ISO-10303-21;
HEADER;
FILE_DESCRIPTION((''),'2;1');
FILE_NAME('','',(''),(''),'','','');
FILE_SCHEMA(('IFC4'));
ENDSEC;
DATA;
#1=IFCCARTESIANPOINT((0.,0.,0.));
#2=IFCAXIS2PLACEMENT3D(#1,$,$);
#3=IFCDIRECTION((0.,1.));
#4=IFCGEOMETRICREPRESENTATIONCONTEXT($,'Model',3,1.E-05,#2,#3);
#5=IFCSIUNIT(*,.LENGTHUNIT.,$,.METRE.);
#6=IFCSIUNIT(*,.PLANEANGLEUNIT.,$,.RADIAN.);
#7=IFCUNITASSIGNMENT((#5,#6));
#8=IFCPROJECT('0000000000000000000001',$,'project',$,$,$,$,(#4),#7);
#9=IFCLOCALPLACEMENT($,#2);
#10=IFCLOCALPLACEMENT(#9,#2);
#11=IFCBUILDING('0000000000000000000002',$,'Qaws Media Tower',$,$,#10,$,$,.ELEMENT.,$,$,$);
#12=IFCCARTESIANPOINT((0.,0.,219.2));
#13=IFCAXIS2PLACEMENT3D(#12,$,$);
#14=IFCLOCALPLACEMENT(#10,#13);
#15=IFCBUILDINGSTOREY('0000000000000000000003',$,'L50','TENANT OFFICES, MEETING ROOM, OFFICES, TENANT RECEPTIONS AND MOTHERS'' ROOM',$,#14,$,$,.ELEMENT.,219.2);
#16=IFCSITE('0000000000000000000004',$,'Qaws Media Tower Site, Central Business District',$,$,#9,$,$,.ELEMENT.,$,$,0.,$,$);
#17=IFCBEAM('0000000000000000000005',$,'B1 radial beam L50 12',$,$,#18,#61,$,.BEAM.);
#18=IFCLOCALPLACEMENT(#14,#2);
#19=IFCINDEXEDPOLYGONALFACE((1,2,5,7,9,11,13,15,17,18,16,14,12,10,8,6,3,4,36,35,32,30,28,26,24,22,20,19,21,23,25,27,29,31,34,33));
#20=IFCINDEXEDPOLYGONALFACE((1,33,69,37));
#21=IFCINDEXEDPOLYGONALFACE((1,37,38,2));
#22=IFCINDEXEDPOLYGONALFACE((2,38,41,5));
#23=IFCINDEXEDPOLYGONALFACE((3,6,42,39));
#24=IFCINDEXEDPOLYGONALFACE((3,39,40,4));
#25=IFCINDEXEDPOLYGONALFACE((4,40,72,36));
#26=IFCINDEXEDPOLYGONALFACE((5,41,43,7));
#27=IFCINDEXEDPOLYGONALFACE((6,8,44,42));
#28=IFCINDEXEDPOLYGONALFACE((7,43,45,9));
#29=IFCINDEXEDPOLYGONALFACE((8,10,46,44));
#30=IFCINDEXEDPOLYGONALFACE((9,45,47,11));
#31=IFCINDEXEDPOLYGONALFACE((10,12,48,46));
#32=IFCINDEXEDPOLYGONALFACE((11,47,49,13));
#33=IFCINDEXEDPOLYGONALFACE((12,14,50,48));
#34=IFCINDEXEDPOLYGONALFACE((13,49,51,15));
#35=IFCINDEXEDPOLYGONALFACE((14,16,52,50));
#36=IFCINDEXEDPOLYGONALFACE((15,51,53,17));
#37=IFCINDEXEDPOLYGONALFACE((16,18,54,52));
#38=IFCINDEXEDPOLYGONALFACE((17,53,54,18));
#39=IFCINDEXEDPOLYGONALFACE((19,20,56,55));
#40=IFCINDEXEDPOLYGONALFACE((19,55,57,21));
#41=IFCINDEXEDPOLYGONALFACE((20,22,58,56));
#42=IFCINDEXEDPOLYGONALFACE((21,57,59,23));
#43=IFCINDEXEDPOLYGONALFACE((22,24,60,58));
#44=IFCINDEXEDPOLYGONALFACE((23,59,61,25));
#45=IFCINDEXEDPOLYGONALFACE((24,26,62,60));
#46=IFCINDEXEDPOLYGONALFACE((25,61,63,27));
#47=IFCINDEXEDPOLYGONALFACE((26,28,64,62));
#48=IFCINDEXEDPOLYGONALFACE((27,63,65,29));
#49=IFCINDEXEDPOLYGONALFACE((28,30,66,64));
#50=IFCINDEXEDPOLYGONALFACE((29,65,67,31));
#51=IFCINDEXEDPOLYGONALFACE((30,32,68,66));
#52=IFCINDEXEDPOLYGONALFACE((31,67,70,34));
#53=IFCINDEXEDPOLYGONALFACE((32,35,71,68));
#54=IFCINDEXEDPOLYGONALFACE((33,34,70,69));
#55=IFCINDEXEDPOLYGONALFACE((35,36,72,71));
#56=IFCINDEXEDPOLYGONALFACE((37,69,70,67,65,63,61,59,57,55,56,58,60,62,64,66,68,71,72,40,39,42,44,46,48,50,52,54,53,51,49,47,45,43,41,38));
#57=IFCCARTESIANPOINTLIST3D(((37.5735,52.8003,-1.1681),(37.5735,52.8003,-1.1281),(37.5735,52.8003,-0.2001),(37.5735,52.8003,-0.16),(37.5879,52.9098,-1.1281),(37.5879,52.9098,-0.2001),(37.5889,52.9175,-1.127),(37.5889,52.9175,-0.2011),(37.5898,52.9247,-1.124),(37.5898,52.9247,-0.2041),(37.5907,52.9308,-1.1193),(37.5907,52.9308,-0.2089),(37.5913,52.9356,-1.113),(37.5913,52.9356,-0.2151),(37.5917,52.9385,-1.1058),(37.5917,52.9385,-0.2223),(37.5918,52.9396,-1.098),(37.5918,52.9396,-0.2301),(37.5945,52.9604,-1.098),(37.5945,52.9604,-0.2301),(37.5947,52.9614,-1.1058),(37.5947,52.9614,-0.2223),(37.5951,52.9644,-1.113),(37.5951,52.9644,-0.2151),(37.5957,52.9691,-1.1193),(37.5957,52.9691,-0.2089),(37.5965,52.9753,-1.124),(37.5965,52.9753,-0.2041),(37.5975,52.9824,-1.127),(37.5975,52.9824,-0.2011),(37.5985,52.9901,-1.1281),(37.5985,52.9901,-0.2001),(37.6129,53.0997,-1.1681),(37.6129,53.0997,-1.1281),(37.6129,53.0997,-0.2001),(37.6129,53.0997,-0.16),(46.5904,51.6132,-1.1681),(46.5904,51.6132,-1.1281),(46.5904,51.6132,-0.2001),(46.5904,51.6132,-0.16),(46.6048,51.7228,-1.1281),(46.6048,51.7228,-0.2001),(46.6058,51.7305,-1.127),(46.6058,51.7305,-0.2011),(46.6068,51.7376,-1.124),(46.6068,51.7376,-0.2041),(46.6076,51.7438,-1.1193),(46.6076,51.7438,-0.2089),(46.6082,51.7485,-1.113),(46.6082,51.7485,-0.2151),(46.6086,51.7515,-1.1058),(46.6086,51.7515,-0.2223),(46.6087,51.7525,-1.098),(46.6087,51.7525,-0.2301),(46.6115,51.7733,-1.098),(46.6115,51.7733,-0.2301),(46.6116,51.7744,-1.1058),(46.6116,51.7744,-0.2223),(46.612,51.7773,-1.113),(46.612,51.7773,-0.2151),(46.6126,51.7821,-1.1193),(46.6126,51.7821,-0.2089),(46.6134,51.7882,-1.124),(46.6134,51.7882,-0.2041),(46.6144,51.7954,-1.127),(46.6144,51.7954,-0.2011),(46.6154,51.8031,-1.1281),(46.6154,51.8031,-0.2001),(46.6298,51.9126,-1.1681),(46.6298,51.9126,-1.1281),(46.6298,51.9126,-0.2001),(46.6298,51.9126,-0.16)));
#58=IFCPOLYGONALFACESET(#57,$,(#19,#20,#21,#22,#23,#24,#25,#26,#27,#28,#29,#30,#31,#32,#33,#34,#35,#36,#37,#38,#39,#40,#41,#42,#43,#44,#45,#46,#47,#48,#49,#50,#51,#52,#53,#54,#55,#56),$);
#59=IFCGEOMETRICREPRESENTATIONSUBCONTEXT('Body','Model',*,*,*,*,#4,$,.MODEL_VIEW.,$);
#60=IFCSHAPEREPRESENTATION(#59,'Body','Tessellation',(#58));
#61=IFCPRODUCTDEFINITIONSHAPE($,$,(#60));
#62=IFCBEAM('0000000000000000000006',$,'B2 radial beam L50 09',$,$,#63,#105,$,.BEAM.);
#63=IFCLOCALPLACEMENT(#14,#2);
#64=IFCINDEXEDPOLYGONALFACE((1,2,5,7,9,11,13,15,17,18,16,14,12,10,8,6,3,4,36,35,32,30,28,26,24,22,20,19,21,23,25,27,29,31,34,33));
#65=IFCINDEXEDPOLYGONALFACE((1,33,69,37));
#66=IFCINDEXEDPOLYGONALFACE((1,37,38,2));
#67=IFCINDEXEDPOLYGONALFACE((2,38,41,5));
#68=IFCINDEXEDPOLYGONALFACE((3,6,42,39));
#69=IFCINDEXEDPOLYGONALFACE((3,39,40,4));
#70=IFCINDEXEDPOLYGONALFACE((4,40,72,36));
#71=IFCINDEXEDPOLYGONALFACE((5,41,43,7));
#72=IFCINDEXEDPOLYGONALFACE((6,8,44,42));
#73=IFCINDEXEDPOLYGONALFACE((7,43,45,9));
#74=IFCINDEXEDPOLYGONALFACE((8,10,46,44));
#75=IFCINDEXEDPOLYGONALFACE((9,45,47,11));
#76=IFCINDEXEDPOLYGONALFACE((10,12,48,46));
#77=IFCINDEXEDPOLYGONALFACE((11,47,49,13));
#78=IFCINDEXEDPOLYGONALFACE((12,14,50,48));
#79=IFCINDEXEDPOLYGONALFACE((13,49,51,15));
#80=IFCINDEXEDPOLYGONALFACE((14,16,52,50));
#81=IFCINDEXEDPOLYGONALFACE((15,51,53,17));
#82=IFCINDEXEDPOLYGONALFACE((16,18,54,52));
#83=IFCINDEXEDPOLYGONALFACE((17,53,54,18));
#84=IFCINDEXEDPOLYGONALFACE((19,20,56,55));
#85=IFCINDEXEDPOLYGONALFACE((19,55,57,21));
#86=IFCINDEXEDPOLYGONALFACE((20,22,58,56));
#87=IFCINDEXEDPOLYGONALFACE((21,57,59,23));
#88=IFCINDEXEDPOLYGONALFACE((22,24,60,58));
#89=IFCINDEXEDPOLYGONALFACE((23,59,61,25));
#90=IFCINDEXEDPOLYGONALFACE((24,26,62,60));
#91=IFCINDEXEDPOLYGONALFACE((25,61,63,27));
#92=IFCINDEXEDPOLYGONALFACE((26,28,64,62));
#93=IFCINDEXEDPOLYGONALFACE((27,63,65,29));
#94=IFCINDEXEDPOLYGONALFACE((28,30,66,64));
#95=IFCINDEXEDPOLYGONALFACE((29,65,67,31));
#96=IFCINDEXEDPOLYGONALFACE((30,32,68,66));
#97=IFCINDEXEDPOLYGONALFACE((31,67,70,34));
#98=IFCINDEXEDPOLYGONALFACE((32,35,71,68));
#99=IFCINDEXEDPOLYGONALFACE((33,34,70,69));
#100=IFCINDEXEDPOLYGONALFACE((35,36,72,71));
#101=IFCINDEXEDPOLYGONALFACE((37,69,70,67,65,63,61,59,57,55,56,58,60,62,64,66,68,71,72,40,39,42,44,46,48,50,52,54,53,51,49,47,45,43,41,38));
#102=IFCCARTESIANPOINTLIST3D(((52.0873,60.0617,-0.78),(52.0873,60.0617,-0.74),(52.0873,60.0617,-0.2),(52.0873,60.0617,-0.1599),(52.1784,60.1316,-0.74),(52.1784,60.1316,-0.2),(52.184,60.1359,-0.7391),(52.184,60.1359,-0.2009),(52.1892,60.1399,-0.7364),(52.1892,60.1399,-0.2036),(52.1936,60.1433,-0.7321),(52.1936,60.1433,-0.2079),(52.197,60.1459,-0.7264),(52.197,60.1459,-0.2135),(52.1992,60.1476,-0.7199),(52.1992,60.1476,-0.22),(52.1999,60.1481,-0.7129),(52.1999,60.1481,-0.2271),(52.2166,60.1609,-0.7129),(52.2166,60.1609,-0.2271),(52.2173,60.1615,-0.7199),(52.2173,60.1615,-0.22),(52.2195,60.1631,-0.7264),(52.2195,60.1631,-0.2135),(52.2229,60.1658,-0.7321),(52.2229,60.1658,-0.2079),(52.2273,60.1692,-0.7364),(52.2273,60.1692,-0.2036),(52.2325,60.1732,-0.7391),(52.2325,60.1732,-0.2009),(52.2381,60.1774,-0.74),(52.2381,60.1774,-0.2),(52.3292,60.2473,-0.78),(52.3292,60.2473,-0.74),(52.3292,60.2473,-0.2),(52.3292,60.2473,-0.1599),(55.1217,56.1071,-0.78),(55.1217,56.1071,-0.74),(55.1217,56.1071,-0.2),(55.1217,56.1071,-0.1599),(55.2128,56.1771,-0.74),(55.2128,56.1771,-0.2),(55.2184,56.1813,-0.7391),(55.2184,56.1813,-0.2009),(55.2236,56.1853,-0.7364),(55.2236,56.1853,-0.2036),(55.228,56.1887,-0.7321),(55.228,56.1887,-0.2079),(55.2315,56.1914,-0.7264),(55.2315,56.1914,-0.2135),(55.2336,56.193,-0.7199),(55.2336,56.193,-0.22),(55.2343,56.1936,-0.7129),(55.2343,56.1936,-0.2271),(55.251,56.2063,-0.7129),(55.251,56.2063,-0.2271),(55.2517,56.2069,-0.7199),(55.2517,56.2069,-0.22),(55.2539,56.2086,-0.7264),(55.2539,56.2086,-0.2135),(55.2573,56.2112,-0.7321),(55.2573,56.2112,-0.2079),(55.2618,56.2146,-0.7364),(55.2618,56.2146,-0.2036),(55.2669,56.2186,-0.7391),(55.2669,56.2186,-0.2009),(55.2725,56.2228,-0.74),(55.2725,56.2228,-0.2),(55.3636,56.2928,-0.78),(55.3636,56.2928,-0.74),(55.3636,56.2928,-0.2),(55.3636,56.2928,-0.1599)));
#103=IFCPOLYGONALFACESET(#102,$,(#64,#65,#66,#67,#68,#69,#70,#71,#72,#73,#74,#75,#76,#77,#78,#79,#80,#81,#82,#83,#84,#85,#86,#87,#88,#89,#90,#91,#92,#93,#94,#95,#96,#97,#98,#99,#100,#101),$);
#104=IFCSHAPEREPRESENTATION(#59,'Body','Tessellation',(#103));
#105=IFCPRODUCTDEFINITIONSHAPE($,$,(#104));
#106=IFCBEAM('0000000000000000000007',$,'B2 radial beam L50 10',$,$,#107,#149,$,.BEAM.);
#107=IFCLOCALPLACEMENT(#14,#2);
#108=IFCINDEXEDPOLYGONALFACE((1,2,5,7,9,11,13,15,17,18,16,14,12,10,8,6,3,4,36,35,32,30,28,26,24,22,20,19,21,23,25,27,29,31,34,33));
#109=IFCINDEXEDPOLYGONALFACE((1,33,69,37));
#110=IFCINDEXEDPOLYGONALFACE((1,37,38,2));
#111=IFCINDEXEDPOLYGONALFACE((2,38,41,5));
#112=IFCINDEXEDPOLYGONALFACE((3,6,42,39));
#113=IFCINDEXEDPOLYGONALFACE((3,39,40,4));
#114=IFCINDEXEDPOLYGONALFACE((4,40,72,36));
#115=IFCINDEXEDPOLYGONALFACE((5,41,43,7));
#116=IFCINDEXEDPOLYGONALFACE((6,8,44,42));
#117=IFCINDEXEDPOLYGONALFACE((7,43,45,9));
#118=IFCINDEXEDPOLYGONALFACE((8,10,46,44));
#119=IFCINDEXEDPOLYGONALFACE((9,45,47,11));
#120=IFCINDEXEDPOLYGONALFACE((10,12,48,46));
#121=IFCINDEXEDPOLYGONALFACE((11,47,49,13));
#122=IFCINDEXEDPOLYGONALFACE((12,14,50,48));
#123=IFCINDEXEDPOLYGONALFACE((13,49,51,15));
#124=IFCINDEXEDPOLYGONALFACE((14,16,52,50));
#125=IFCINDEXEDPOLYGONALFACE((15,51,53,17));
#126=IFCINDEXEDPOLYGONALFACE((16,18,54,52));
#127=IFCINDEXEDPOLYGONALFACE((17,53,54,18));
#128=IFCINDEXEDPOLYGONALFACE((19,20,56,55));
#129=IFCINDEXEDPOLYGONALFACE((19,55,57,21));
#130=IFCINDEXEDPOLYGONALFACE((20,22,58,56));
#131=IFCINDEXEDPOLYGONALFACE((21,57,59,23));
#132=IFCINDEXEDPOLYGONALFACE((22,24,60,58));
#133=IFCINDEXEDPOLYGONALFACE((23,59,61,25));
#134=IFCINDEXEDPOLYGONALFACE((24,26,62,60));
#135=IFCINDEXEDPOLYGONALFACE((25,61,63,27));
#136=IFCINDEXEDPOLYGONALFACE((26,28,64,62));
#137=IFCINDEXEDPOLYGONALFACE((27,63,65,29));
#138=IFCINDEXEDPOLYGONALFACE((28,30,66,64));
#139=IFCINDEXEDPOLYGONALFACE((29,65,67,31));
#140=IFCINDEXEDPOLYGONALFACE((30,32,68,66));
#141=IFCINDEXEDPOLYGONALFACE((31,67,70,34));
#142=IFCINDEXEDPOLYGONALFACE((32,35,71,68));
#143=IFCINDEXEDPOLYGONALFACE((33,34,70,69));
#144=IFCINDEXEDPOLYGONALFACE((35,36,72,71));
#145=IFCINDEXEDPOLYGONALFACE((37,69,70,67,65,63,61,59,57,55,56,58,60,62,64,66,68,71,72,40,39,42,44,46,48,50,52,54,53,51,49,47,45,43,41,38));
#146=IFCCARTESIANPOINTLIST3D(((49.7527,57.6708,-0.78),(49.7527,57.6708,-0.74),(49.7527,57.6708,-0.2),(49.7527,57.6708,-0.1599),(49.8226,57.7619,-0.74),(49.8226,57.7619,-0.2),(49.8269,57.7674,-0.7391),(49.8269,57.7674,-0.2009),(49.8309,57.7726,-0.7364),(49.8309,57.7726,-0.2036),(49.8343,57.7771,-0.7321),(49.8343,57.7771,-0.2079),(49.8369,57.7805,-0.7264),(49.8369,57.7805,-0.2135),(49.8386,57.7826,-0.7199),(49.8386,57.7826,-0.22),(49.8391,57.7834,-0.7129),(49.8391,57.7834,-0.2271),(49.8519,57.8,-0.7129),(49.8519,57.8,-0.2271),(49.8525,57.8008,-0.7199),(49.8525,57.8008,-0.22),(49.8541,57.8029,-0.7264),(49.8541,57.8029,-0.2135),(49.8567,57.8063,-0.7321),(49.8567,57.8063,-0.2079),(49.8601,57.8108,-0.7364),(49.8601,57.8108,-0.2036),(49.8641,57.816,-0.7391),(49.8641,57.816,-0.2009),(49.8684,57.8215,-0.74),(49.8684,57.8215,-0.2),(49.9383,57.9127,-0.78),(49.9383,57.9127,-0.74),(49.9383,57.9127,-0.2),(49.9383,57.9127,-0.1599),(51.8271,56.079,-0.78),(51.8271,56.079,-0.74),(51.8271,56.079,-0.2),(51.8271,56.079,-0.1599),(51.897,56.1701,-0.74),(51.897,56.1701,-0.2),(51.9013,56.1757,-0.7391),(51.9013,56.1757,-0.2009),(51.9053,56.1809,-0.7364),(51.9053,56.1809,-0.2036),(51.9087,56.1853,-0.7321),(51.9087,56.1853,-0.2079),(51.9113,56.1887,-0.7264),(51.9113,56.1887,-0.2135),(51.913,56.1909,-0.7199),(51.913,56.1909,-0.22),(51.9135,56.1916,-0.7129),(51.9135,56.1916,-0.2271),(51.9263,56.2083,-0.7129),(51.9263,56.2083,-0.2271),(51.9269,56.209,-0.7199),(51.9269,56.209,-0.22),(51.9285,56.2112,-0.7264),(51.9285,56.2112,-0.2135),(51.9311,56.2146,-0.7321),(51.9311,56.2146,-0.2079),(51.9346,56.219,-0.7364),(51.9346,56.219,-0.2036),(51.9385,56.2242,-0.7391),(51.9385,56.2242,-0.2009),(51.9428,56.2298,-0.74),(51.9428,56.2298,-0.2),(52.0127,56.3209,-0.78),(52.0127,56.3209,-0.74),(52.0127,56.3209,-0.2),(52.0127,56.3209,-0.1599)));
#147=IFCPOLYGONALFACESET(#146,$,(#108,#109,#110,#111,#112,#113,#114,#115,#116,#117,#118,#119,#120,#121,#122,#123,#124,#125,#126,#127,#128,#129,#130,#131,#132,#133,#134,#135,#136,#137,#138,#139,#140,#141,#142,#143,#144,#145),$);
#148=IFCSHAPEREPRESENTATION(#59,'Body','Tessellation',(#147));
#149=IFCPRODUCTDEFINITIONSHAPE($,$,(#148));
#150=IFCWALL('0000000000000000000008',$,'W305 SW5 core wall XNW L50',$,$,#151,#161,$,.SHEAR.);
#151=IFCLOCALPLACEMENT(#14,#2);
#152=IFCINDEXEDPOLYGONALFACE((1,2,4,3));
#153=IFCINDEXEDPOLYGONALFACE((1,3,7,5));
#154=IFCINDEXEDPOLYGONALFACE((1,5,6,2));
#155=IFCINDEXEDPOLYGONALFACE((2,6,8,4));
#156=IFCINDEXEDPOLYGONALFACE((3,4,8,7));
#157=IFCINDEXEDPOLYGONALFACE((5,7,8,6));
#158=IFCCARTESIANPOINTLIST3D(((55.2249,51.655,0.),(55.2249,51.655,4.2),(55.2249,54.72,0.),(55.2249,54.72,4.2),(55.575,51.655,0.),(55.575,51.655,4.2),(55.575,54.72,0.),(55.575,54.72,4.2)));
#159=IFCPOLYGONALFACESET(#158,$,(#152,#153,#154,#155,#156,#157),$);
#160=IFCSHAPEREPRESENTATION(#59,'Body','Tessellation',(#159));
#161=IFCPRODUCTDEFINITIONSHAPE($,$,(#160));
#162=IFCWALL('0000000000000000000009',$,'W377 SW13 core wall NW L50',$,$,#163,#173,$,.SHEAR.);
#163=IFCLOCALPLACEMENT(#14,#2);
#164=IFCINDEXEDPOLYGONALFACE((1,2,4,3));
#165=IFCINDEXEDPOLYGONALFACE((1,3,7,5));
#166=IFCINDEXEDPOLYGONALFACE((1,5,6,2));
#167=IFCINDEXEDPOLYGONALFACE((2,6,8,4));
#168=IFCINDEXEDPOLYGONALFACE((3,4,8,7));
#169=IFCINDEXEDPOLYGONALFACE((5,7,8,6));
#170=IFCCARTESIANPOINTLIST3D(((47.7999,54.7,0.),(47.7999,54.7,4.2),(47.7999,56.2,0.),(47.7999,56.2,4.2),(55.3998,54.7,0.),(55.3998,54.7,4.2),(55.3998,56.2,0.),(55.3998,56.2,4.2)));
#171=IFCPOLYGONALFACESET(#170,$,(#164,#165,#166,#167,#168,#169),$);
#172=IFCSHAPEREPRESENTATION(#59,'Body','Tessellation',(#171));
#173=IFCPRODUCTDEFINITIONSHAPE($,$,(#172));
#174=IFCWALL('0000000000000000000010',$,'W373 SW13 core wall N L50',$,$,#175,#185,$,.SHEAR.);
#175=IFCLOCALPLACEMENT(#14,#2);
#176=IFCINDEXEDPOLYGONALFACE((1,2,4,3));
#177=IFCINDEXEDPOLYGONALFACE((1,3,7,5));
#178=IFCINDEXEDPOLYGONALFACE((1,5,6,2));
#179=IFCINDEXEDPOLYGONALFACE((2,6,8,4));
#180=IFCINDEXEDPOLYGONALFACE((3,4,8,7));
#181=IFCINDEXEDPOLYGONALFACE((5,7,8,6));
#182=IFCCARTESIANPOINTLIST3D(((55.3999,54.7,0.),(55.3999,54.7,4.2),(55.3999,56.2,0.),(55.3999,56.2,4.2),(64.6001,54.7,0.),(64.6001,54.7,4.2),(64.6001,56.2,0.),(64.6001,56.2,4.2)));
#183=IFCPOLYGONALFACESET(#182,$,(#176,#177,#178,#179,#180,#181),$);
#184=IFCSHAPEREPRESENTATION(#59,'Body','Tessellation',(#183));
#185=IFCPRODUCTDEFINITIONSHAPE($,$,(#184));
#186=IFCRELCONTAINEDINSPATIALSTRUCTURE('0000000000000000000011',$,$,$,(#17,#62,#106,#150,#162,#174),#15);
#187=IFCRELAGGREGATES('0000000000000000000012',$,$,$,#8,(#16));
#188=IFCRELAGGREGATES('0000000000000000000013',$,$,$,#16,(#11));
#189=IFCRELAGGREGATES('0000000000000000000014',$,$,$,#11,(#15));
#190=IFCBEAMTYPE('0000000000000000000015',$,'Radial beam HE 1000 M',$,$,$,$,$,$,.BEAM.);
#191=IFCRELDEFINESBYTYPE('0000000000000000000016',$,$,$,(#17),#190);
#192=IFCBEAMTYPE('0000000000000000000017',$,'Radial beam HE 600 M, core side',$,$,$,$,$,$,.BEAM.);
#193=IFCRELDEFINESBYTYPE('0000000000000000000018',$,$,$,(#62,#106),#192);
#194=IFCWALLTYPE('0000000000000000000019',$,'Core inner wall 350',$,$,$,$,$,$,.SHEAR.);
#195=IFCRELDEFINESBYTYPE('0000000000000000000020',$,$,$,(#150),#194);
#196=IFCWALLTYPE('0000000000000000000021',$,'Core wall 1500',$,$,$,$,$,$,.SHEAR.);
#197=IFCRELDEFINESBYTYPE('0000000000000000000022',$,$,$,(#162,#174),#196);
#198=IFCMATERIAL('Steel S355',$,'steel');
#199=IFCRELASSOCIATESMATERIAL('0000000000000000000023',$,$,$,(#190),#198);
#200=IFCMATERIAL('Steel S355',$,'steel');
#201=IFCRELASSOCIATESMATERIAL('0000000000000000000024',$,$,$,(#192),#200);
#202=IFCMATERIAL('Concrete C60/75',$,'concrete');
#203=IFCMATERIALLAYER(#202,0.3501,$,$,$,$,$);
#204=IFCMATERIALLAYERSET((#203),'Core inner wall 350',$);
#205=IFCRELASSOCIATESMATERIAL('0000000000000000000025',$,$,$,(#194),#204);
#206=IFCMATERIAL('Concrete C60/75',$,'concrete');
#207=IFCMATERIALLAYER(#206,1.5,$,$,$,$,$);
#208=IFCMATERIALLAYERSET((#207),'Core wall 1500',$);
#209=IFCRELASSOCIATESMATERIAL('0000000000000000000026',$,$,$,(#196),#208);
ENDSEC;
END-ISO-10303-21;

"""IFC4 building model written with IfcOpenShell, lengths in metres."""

from ifc_helpers import new_model, si_unit, direction, frame, frame_2d, origin, origin_2d, place, context, subcontext, project, spatial, rectangle, i_section, extrude, material, layer, layer_set, material_profile, profile_set, type_object, element, save


model = new_model("IFC4")

# Units and contexts
model_context = context("Model", 3, precision=1e-05, world=origin(), true_north=direction((0.0, 1.0)))
body_context = subcontext(model_context, "Body", "Model", "MODEL_VIEW")
ifc_project = project(units=[si_unit("LENGTHUNIT", "METRE"), si_unit("PLANEANGLEUNIT", "RADIAN")], contexts=[model_context])

# Site, building, storey
site_placement = place(None, origin())
site = spatial("IfcSite", under=ifc_project, at=site_placement, Name="Qaws Media Tower Site, Central Business District", CompositionType="ELEMENT", RefElevation=0.0)
building_placement = place(site_placement, origin())
building = spatial("IfcBuilding", under=site, at=building_placement, Name="Qaws Media Tower", CompositionType="ELEMENT")
storey_placement = place(building_placement, frame((0.0, 0.0, 219.2)))
storey = spatial("IfcBuildingStorey", under=building, at=storey_placement, Name="L50", Description="TENANT OFFICES, MEETING ROOM, OFFICES, TENANT RECEPTIONS AND MOTHERS' ROOM", CompositionType="ELEMENT", Elevation=219.2)

# Beams
ifc_material_1 = material(Name="Steel S355", Category="steel")
ifc_material_profile_1 = material_profile(ifc_material_1, i_section(OverallWidth=0.302, OverallDepth=1.0081, WebThickness=0.021, FlangeThickness=0.04, FilletRadius=0.03, at=origin_2d()), Name="HE 1000 M")
ifc_profile_set_1 = profile_set([ifc_material_profile_1], Name="Steel S355")
beam_type_1 = type_object("IfcBeamType", Name="Radial beam HE 1000 M", PredefinedType="BEAM", material=ifc_profile_set_1)
beam_1_placement = place(storey_placement, frame((46.6101, 51.7629, -0.6641), z_axis=(-0.991446, 0.130518, 0.0), x_axis=(-0.130518, -0.991446, 0.0)))
element("IfcBeam", 1, at=beam_1_placement, inside=storey, type_object=beam_type_1, Name="B1 radial beam L50 12", PredefinedType="BEAM", context=body_context, shape_type="SweptSolid", body=[
    extrude(i_section(OverallWidth=0.302, OverallDepth=1.0081, WebThickness=0.021, FlangeThickness=0.04, FilletRadius=0.03, at=origin_2d()), origin(), (0.0, 0.0, 1.0), 9.0947),
])
ifc_material_2 = material(Name="Steel S355", Category="steel")
ifc_material_profile_2 = material_profile(ifc_material_2, i_section(OverallWidth=0.3049, OverallDepth=0.6201, WebThickness=0.021, FlangeThickness=0.04, FilletRadius=0.0271, at=origin_2d()), Name="HE 600 M")
ifc_profile_set_2 = profile_set([ifc_material_profile_2], Name="Steel S355")
beam_type_2 = type_object("IfcBeamType", Name="Radial beam HE 600 M, core side", PredefinedType="BEAM", material=ifc_profile_set_2)
beam_2_placement = place(storey_placement, frame((55.2427, 56.2, -0.47), z_axis=(-0.608756, 0.793357, 0.0), x_axis=(-0.793357, -0.608756, 0.0)))
element("IfcBeam", 2, at=beam_2_placement, inside=storey, type_object=beam_type_2, Name="B2 radial beam L50 09", PredefinedType="BEAM", context=body_context, shape_type="SweptSolid", body=[
    extrude(i_section(OverallWidth=0.3049, OverallDepth=0.6201, WebThickness=0.021, FlangeThickness=0.04, FilletRadius=0.0271, at=origin_2d()), origin(), (0.0, 0.0, 1.0), 4.9846),
])
beam_3_placement = place(storey_placement, frame((51.9199, 56.2, -0.47), z_axis=(-0.793352, 0.608763, 0.0), x_axis=(-0.608763, -0.793352, 0.0)))
element("IfcBeam", 3, at=beam_3_placement, inside=storey, type_object=beam_type_2, Name="B2 radial beam L50 10", PredefinedType="BEAM", context=body_context, shape_type="SweptSolid", body=[
    extrude(i_section(OverallWidth=0.3049, OverallDepth=0.6201, WebThickness=0.021, FlangeThickness=0.04, FilletRadius=0.0271, at=origin_2d()), origin(), (0.0, 0.0, 1.0), 2.6147),
])

# Walls
ifc_material_3 = material(Name="Concrete C60/75", Category="concrete")
ifc_layer_1 = layer(ifc_material_3, 0.3501)
ifc_layer_set_1 = layer_set([ifc_layer_1], Name="Core inner wall 350")
wall_type_1 = type_object("IfcWallType", Name="Core inner wall 350", PredefinedType="SHEAR", material=ifc_layer_set_1)
wall_1_placement = place(storey_placement, frame((55.3999, 51.655, 0.0), z_axis=(0.0, 0.0, 1.0), x_axis=(0.0, 1.0, 0.0)))
element("IfcWall", 4, at=wall_1_placement, inside=storey, type_object=wall_type_1, Name="W305 SW5 core wall XNW L50", PredefinedType="SHEAR", context=body_context, shape_type="SweptSolid", body=[
    extrude(rectangle(XDim=3.0649, YDim=0.3501, at=frame_2d((1.5325, 0.0))), origin(), (0.0, 0.0, 1.0), 4.2),
])
ifc_material_4 = material(Name="Concrete C60/75", Category="concrete")
ifc_layer_2 = layer(ifc_material_4, 1.5)
ifc_layer_set_2 = layer_set([ifc_layer_2], Name="Core wall 1500")
wall_type_2 = type_object("IfcWallType", Name="Core wall 1500", PredefinedType="SHEAR", material=ifc_layer_set_2)
wall_2_placement = place(storey_placement, frame((47.8, 55.45, 0.0), z_axis=(0.0, 0.0, 1.0), x_axis=(1.0, 0.0, 0.0)))
element("IfcWall", 5, at=wall_2_placement, inside=storey, type_object=wall_type_2, Name="W377 SW13 core wall NW L50", PredefinedType="SHEAR", context=body_context, shape_type="SweptSolid", body=[
    extrude(rectangle(XDim=7.5999, YDim=1.5, at=frame_2d((3.7998, 0.0))), origin(), (0.0, 0.0, 1.0), 4.2),
])
wall_3_placement = place(storey_placement, frame((55.3999, 55.45, 0.0), z_axis=(0.0, 0.0, 1.0), x_axis=(1.0, 0.0, 0.0)))
element("IfcWall", 6, at=wall_3_placement, inside=storey, type_object=wall_type_2, Name="W373 SW13 core wall N L50", PredefinedType="SHEAR", context=body_context, shape_type="SweptSolid", body=[
    extrude(rectangle(XDim=9.2002, YDim=1.5, at=frame_2d((4.6001, 0.0))), origin(), (0.0, 0.0, 1.0), 4.2),
])

save(model, "model.ifc")
